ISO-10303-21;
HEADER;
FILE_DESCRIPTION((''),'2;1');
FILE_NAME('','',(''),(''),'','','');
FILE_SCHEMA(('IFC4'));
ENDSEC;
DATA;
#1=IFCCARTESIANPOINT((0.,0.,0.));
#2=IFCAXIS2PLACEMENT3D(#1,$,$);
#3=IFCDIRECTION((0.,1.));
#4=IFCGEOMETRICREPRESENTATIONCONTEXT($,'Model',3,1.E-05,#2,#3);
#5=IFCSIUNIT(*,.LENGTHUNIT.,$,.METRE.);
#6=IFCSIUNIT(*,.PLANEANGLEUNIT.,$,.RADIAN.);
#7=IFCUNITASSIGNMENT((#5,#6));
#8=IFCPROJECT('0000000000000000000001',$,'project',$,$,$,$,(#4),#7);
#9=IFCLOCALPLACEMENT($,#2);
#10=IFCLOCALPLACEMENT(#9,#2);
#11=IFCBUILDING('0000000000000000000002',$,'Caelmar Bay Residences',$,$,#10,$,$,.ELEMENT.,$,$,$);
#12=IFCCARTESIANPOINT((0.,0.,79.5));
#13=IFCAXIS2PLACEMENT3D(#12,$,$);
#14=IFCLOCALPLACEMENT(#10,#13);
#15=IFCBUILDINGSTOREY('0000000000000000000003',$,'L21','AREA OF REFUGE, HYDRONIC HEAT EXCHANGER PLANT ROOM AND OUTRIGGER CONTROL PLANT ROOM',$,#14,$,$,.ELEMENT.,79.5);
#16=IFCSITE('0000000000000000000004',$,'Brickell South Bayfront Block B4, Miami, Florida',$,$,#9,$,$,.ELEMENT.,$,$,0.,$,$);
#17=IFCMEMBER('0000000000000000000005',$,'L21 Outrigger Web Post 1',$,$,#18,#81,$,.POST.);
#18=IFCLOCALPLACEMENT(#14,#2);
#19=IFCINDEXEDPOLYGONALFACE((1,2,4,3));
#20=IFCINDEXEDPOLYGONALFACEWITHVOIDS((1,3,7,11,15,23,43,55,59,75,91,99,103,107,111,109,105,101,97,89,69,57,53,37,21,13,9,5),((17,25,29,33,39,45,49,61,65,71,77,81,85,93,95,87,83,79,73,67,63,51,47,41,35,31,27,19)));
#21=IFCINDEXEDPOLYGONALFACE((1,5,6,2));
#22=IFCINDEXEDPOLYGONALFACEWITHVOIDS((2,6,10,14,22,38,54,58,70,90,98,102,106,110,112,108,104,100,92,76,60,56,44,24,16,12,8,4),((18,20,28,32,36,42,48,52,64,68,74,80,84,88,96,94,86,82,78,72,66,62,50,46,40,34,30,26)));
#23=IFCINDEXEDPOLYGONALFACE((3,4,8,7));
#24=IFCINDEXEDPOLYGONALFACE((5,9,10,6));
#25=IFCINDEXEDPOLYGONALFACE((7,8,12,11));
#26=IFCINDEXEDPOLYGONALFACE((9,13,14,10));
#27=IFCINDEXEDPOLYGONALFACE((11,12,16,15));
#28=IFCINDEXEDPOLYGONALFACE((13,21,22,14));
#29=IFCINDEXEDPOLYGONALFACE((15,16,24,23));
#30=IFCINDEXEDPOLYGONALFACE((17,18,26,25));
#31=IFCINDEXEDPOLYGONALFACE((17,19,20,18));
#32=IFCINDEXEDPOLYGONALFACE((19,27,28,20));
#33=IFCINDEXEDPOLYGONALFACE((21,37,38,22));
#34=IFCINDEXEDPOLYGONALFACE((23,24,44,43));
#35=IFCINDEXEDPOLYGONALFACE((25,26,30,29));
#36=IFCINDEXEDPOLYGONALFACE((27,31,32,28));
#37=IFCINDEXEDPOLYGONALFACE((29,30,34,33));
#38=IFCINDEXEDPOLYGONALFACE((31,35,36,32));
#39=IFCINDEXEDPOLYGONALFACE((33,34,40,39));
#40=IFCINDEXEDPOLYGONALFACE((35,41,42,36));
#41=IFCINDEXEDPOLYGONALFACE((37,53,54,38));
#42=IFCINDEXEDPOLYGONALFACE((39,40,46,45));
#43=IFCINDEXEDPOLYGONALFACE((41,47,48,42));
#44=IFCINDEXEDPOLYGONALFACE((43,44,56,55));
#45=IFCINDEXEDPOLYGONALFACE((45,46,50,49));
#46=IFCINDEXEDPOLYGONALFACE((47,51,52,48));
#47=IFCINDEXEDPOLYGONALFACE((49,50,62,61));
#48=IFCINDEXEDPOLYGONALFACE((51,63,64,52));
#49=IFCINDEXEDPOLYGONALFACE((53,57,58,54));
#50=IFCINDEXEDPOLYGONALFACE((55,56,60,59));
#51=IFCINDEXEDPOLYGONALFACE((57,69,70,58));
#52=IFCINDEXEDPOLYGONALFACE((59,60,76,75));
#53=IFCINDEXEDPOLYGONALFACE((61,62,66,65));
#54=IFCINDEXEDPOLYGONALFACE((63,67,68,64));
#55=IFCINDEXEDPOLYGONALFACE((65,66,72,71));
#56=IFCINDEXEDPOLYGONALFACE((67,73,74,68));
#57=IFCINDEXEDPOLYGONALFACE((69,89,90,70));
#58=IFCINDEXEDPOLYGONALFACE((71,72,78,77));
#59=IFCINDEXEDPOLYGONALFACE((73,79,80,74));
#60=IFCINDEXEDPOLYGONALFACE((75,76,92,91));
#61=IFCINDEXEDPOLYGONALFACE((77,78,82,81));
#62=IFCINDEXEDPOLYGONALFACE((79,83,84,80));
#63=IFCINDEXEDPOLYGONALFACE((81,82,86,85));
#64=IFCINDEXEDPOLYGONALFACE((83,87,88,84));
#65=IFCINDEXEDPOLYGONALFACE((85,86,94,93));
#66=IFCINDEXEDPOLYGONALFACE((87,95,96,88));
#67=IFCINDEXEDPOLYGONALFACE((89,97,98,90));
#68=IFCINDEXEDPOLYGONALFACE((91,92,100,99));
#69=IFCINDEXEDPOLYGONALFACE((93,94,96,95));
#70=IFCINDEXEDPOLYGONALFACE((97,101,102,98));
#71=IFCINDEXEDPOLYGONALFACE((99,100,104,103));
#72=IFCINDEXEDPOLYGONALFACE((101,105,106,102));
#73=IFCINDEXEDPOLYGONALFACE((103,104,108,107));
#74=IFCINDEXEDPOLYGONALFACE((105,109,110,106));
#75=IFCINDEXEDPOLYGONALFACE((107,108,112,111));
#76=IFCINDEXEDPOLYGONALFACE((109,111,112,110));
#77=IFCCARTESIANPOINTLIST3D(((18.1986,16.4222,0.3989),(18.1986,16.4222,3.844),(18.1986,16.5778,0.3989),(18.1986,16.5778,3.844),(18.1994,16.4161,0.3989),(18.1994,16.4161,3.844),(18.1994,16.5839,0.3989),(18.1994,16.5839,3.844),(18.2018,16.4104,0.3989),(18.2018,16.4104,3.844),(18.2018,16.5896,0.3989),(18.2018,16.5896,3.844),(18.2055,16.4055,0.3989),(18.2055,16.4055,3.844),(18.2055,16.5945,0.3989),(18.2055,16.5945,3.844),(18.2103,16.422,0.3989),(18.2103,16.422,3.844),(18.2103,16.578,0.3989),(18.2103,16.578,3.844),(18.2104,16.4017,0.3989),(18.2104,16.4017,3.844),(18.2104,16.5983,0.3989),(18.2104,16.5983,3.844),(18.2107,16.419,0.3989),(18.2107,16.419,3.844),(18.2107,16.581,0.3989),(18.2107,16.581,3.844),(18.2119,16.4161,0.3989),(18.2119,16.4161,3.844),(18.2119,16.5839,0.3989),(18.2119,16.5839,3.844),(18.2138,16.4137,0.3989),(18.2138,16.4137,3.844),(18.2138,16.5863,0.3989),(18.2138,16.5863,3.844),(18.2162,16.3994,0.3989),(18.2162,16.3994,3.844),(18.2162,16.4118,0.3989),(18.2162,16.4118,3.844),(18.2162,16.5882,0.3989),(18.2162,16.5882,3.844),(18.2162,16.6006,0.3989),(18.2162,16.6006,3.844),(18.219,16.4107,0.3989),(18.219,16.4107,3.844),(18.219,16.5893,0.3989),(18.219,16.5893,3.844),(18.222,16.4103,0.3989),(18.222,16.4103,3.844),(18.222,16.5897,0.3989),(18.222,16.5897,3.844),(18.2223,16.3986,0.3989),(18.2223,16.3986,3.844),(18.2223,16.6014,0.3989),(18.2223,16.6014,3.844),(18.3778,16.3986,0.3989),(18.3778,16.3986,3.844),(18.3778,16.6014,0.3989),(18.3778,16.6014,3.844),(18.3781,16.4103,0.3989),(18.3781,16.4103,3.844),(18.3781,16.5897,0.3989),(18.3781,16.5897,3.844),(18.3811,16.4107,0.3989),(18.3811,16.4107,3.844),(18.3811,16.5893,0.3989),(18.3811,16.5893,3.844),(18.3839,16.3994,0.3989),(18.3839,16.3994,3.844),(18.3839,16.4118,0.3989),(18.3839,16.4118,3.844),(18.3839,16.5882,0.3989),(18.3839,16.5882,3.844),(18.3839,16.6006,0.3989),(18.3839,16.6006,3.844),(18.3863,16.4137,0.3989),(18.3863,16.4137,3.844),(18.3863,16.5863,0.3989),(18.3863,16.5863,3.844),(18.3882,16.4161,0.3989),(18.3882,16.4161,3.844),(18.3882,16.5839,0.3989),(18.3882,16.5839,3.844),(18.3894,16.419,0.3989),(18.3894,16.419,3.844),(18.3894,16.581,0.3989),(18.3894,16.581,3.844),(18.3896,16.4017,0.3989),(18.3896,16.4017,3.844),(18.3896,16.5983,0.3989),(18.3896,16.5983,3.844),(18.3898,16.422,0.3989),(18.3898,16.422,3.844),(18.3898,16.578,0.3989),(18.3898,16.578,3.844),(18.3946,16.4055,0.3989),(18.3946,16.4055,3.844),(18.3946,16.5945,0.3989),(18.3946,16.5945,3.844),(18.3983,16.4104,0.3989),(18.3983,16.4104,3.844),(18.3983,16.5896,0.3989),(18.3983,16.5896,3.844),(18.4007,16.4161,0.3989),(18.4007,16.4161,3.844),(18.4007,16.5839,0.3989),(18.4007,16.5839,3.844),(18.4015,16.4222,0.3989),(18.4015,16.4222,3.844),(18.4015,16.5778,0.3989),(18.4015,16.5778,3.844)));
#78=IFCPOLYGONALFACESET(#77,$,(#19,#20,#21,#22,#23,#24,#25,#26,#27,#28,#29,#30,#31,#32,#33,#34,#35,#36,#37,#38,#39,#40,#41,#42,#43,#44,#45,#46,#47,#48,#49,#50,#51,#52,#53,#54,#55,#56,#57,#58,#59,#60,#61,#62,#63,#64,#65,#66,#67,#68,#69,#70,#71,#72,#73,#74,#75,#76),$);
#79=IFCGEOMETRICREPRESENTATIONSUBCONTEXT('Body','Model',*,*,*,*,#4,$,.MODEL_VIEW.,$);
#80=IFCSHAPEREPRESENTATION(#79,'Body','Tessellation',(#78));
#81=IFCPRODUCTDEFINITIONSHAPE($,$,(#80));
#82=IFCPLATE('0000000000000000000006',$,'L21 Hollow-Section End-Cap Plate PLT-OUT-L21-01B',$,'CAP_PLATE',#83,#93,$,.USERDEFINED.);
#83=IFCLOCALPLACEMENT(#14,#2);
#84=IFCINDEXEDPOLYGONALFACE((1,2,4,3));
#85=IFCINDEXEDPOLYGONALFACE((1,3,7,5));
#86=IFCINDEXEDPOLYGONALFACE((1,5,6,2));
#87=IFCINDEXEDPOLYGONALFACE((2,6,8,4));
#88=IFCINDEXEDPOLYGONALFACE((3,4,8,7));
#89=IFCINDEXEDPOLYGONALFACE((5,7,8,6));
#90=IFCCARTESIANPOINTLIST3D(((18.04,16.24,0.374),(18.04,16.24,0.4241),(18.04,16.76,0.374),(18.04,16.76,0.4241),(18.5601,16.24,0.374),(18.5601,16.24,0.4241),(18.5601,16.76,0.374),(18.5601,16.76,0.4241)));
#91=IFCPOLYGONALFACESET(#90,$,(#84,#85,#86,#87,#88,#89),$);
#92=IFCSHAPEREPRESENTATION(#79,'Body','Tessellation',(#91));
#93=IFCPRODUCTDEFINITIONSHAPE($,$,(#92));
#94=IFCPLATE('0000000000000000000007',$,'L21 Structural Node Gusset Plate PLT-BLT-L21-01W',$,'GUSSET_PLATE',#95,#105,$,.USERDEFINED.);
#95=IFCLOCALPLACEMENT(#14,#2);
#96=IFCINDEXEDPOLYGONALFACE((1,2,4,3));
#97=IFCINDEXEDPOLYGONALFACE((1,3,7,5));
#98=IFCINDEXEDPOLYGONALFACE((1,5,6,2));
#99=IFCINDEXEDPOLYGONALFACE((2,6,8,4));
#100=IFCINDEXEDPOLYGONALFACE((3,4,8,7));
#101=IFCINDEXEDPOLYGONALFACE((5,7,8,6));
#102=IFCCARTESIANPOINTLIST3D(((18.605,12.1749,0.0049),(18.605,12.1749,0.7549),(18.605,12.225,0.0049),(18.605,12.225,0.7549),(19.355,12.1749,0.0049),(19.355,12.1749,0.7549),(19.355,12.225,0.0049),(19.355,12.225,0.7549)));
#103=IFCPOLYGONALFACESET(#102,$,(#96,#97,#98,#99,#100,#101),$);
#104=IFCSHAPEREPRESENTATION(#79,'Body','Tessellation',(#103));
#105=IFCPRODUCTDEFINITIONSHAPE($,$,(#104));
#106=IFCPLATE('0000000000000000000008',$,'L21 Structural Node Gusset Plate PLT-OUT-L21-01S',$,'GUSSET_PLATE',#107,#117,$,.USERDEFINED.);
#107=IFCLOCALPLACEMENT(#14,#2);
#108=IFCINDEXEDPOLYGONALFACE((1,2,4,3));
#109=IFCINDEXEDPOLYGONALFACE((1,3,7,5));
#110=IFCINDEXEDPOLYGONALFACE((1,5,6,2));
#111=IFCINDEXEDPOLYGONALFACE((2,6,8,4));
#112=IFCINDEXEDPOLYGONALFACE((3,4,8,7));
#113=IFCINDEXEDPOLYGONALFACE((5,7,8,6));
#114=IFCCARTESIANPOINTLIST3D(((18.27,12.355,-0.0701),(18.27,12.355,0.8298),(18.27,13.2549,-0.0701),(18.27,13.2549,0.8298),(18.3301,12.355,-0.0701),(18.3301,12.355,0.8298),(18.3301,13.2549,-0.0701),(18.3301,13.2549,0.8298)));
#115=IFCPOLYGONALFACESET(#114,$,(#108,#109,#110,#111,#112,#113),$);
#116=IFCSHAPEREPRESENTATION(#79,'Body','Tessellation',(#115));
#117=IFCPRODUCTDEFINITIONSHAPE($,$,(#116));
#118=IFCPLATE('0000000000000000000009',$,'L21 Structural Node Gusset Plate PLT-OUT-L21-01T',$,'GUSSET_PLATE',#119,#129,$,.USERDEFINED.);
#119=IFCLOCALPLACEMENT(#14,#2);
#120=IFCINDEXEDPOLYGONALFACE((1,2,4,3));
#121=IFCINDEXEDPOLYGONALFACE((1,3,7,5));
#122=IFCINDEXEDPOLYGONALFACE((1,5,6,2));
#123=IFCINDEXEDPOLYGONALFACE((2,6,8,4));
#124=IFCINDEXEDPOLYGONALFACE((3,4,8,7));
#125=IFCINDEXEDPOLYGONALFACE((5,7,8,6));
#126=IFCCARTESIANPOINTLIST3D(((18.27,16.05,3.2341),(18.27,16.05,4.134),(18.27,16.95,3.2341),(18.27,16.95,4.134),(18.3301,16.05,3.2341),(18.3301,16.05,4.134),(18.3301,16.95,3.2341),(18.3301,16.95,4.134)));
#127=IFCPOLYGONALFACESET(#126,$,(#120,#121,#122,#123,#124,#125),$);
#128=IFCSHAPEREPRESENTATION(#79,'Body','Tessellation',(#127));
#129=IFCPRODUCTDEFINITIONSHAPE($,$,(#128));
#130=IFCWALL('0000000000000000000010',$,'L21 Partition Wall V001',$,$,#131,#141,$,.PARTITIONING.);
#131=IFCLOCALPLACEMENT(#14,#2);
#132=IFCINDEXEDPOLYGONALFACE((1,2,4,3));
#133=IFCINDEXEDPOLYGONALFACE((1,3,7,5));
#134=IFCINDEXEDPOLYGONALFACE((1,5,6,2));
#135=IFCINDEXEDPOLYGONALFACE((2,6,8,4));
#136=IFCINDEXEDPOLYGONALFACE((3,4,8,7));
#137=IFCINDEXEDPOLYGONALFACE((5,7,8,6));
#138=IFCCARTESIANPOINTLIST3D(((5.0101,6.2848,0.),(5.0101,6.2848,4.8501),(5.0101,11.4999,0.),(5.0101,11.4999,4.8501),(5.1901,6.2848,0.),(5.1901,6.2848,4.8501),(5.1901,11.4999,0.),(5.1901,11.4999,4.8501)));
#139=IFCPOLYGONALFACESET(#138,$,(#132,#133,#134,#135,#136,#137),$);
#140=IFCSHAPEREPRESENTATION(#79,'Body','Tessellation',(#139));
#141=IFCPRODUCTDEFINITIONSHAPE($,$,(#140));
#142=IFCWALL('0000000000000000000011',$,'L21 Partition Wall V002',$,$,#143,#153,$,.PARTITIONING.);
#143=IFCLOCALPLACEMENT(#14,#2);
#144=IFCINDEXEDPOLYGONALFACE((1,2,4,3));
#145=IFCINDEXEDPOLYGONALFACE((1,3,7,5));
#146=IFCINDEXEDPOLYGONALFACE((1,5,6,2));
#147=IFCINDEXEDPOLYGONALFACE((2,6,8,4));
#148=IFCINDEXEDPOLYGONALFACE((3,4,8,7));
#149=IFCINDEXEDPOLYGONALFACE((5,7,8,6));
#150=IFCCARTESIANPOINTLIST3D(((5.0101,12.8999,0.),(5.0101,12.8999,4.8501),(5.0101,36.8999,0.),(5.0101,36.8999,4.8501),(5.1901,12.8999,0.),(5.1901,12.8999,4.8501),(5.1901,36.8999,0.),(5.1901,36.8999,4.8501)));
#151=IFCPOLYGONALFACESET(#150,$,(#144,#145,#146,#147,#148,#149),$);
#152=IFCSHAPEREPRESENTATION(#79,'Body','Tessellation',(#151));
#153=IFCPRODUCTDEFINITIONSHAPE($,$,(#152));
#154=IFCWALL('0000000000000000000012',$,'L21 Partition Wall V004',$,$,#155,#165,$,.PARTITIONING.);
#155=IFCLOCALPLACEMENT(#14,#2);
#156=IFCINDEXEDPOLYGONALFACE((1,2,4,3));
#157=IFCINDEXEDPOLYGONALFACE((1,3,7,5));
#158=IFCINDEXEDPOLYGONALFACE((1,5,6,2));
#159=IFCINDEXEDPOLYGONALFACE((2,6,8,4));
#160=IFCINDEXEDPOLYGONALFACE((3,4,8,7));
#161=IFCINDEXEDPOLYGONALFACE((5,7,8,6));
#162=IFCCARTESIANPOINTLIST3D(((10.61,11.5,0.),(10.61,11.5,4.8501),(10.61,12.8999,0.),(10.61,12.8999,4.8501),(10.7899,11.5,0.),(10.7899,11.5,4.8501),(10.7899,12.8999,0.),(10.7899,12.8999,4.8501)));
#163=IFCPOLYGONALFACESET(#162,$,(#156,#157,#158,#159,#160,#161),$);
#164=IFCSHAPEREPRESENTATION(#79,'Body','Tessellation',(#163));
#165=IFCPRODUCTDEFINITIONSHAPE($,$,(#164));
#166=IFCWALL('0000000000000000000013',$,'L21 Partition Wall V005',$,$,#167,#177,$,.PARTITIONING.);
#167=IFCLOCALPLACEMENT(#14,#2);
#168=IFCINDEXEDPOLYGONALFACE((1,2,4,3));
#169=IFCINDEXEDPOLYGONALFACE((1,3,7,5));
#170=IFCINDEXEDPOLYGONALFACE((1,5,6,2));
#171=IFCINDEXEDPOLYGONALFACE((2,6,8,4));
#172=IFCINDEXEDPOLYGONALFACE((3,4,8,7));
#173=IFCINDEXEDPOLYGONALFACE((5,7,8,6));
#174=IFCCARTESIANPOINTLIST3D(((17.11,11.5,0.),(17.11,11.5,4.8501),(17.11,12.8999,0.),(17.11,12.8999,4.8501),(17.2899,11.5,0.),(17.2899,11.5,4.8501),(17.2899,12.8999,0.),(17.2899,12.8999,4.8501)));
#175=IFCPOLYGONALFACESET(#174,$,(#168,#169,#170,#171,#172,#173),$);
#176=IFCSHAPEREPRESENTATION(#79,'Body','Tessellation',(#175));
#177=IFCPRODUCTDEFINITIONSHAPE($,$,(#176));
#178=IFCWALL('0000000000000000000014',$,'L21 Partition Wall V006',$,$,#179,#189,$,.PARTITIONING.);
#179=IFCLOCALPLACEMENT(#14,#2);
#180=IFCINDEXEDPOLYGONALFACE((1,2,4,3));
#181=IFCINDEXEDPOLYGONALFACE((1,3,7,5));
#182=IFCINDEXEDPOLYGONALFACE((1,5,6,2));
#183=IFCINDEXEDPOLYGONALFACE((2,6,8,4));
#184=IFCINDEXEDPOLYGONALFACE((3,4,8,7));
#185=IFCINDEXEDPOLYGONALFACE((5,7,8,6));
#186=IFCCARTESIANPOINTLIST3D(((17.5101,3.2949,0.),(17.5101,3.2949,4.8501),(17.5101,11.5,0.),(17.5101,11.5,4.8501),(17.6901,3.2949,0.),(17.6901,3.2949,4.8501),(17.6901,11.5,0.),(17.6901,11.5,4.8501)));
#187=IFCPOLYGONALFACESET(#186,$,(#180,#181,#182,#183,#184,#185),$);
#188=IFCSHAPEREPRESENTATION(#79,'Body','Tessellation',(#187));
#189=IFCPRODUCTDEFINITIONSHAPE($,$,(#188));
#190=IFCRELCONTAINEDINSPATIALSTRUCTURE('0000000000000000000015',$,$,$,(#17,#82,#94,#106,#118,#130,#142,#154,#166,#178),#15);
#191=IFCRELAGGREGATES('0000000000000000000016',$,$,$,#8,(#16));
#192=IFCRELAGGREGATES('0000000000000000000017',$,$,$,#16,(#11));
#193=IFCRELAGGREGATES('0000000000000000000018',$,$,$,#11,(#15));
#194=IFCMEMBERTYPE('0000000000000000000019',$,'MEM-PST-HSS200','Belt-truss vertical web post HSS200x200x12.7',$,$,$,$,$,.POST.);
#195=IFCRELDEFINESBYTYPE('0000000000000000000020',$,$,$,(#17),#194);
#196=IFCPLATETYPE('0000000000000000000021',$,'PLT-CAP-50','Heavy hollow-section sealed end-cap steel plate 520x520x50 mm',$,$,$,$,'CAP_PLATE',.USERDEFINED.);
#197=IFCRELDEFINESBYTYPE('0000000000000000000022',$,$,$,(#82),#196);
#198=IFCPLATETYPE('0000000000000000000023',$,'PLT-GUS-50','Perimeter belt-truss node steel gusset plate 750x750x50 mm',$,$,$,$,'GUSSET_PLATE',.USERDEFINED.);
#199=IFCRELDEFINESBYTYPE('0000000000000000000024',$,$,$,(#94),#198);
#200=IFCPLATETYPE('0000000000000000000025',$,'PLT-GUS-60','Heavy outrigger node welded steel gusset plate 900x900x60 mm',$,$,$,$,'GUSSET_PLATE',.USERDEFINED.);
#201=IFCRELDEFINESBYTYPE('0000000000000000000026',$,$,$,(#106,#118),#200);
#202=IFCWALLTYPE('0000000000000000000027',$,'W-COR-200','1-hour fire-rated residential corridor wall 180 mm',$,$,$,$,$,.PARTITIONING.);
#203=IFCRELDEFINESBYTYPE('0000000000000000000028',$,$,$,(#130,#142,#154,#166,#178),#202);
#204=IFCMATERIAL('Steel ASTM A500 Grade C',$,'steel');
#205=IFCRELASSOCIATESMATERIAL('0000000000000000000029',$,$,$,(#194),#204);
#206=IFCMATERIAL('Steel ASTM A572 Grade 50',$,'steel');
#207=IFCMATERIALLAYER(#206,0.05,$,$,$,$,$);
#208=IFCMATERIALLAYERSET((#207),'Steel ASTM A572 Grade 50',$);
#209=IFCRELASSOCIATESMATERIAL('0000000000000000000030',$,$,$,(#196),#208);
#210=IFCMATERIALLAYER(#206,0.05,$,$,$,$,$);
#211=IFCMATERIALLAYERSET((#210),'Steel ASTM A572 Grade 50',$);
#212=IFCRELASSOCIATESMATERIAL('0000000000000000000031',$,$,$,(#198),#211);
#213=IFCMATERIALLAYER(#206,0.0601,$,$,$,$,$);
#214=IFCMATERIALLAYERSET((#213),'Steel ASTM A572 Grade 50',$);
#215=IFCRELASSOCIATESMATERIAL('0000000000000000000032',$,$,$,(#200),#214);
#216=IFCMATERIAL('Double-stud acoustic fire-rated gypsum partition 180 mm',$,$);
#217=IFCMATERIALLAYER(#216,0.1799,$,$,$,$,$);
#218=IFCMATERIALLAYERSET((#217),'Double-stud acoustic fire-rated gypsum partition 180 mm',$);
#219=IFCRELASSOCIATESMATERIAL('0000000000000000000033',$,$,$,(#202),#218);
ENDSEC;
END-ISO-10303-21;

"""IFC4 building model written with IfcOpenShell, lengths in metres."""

from ifc_helpers import new_model, si_unit, direction, frame, frame_2d, origin, origin_2d, place, context, subcontext, project, spatial, rectangle, hollow_rectangle, extrude, material, layer, layer_set, material_profile, profile_set, type_object, element, save


model = new_model("IFC4")

# Units and contexts
model_context = context("Model", 3, precision=1e-05, world=origin(), true_north=direction((0.0, 1.0)))
body_context = subcontext(model_context, "Body", "Model", "MODEL_VIEW")
ifc_project = project(units=[si_unit("LENGTHUNIT", "METRE"), si_unit("PLANEANGLEUNIT", "RADIAN")], contexts=[model_context])

# Site, building, storey
site_placement = place(None, origin())
site = spatial("IfcSite", under=ifc_project, at=site_placement, Name="Brickell South Bayfront Block B4, Miami, Florida", CompositionType="ELEMENT", RefElevation=0.0)
building_placement = place(site_placement, origin())
building = spatial("IfcBuilding", under=site, at=building_placement, Name="Caelmar Bay Residences", CompositionType="ELEMENT")
storey_placement = place(building_placement, frame((0.0, 0.0, 79.5)))
storey = spatial("IfcBuildingStorey", under=building, at=storey_placement, Name="L21", Description="AREA OF REFUGE, HYDRONIC HEAT EXCHANGER PLANT ROOM AND OUTRIGGER CONTROL PLANT ROOM", CompositionType="ELEMENT", Elevation=79.5)

# Member
ifc_material_1 = material(Name="Steel ASTM A500 Grade C", Category="steel")
ifc_material_profile_1 = material_profile(ifc_material_1, hollow_rectangle(XDim=0.2029, YDim=0.2029, WallThickness=0.0117, InnerFilletRadius=0.0117, OuterFilletRadius=0.0237, at=origin_2d()), Name="HSS200X200X12.7")
ifc_profile_set_1 = profile_set([ifc_material_profile_1], Name="Steel ASTM A500 Grade C")
member_type_1 = type_object("IfcMemberType", Name="MEM-PST-HSS200", Description="Belt-truss vertical web post HSS200x200x12.7", PredefinedType="POST", material=ifc_profile_set_1)
member_1_placement = place(storey_placement, frame((18.3, 16.5, 0.3989), z_axis=(0.0, 0.0, 1.0), x_axis=(1.0, 0.0, 0.0)))
element("IfcMember", 1, at=member_1_placement, inside=storey, type_object=member_type_1, Name="L21 Outrigger Web Post 1", PredefinedType="POST", context=body_context, shape_type="SweptSolid", body=[
    extrude(hollow_rectangle(XDim=0.2029, YDim=0.2029, WallThickness=0.0117, InnerFilletRadius=0.0117, OuterFilletRadius=0.0237, at=origin_2d()), origin(), (0.0, 0.0, 1.0), 3.4451),
])

# Plates
ifc_material_2 = material(Name="Steel ASTM A572 Grade 50", Category="steel")
ifc_layer_1 = layer(ifc_material_2, 0.05)
ifc_layer_set_1 = layer_set([ifc_layer_1], Name="Steel ASTM A572 Grade 50")
plate_type_1 = type_object("IfcPlateType", Name="PLT-CAP-50", Description="Heavy hollow-section sealed end-cap steel plate 520x520x50 mm", ElementType="CAP_PLATE", PredefinedType="USERDEFINED", material=ifc_layer_set_1)
plate_1_placement = place(storey_placement, frame((18.3, 16.5, 0.374), z_axis=(0.0, 0.0, 1.0), x_axis=(1.0, 0.0, 0.0)))
element("IfcPlate", 2, at=plate_1_placement, inside=storey, type_object=plate_type_1, Name="L21 Hollow-Section End-Cap Plate PLT-OUT-L21-01B", ObjectType="CAP_PLATE", PredefinedType="USERDEFINED", context=body_context, shape_type="SweptSolid", body=[
    extrude(rectangle(XDim=0.52, YDim=0.52, at=origin_2d()), origin(), (0.0, 0.0, 1.0), 0.05),
])
ifc_layer_2 = layer(ifc_material_2, 0.05)
ifc_layer_set_2 = layer_set([ifc_layer_2], Name="Steel ASTM A572 Grade 50")
plate_type_2 = type_object("IfcPlateType", Name="PLT-GUS-50", Description="Perimeter belt-truss node steel gusset plate 750x750x50 mm", ElementType="GUSSET_PLATE", PredefinedType="USERDEFINED", material=ifc_layer_set_2)
plate_2_placement = place(storey_placement, frame((18.98, 12.2, 0.0049), z_axis=(0.0, 0.0, 1.0), x_axis=(1.0, 0.0, 0.0)))
element("IfcPlate", 3, at=plate_2_placement, inside=storey, type_object=plate_type_2, Name="L21 Structural Node Gusset Plate PLT-BLT-L21-01W", ObjectType="GUSSET_PLATE", PredefinedType="USERDEFINED", context=body_context, shape_type="SweptSolid", body=[
    extrude(rectangle(XDim=0.75, YDim=0.05, at=origin_2d()), origin(), (0.0, 0.0, 1.0), 0.75),
])
ifc_layer_3 = layer(ifc_material_2, 0.0601)
ifc_layer_set_3 = layer_set([ifc_layer_3], Name="Steel ASTM A572 Grade 50")
plate_type_3 = type_object("IfcPlateType", Name="PLT-GUS-60", Description="Heavy outrigger node welded steel gusset plate 900x900x60 mm", ElementType="GUSSET_PLATE", PredefinedType="USERDEFINED", material=ifc_layer_set_3)
for number, where, z_axis, x_axis, name in (
    (4, (18.3, 12.8049, -0.0701), (0.0, 0.0, 1.0), (0.0, 1.0, 0.0), "L21 Structural Node Gusset Plate PLT-OUT-L21-01S"),
    (5, (18.3, 16.5, 3.2341), (0.0, 0.0, 1.0), (0.0, 1.0, 0.0), "L21 Structural Node Gusset Plate PLT-OUT-L21-01T"),
):
    element("IfcPlate", number, at=place(storey_placement, frame(where, z_axis=z_axis, x_axis=x_axis)), inside=storey, type_object=plate_type_3, Name=name, ObjectType="GUSSET_PLATE", PredefinedType="USERDEFINED", context=body_context, shape_type="SweptSolid", body=[
        extrude(rectangle(XDim=0.8999, YDim=0.0601, at=origin_2d()), origin(), (0.0, 0.0, 1.0), 0.8999),
    ])

# Walls
ifc_material_3 = material(Name="Double-stud acoustic fire-rated gypsum partition 180 mm")
ifc_layer_4 = layer(ifc_material_3, 0.1799)
ifc_layer_set_4 = layer_set([ifc_layer_4], Name="Double-stud acoustic fire-rated gypsum partition 180 mm")
wall_type_1 = type_object("IfcWallType", Name="W-COR-200", Description="1-hour fire-rated residential corridor wall 180 mm", PredefinedType="PARTITIONING", material=ifc_layer_set_4)
wall_1_placement = place(storey_placement, frame((5.1001, 6.2849, 0.0), z_axis=(0.0, 0.0, 1.0), x_axis=(0.0, 1.0, 0.0)))
element("IfcWall", 6, at=wall_1_placement, inside=storey, type_object=wall_type_1, Name="L21 Partition Wall V001", PredefinedType="PARTITIONING", context=body_context, shape_type="SweptSolid", body=[
    extrude(rectangle(XDim=5.2151, YDim=0.1799, at=frame_2d((2.6074, 0.0))), origin(), (0.0, 0.0, 1.0), 4.8501),
])
wall_2_placement = place(storey_placement, frame((5.1001, 12.8999, 0.0), z_axis=(0.0, 0.0, 1.0), x_axis=(0.0, 1.0, 0.0)))
element("IfcWall", 7, at=wall_2_placement, inside=storey, type_object=wall_type_1, Name="L21 Partition Wall V002", PredefinedType="PARTITIONING", context=body_context, shape_type="SweptSolid", body=[
    extrude(rectangle(XDim=24.0, YDim=0.1799, at=frame_2d((12.0, 0.0))), origin(), (0.0, 0.0, 1.0), 4.8501),
])
for number, where, z_axis, x_axis, name in (
    (8, (10.7, 11.5, 0.0), (0.0, 0.0, 1.0), (0.0, 1.0, 0.0), "L21 Partition Wall V004"),
    (9, (17.2, 11.5, 0.0), (0.0, 0.0, 1.0), (0.0, 1.0, 0.0), "L21 Partition Wall V005"),
):
    element("IfcWall", number, at=place(storey_placement, frame(where, z_axis=z_axis, x_axis=x_axis)), inside=storey, type_object=wall_type_1, Name=name, PredefinedType="PARTITIONING", context=body_context, shape_type="SweptSolid", body=[
        extrude(rectangle(XDim=1.3999, YDim=0.1799, at=frame_2d((0.7, 0.0))), origin(), (0.0, 0.0, 1.0), 4.8501),
    ])
wall_3_placement = place(storey_placement, frame((17.6001, 3.2949, 0.0), z_axis=(0.0, 0.0, 1.0), x_axis=(0.0, 1.0, 0.0)))
element("IfcWall", 10, at=wall_3_placement, inside=storey, type_object=wall_type_1, Name="L21 Partition Wall V006", PredefinedType="PARTITIONING", context=body_context, shape_type="SweptSolid", body=[
    extrude(rectangle(XDim=8.2051, YDim=0.1799, at=frame_2d((4.1025, 0.0))), origin(), (0.0, 0.0, 1.0), 4.8501),
])

save(model, "model.ifc")
